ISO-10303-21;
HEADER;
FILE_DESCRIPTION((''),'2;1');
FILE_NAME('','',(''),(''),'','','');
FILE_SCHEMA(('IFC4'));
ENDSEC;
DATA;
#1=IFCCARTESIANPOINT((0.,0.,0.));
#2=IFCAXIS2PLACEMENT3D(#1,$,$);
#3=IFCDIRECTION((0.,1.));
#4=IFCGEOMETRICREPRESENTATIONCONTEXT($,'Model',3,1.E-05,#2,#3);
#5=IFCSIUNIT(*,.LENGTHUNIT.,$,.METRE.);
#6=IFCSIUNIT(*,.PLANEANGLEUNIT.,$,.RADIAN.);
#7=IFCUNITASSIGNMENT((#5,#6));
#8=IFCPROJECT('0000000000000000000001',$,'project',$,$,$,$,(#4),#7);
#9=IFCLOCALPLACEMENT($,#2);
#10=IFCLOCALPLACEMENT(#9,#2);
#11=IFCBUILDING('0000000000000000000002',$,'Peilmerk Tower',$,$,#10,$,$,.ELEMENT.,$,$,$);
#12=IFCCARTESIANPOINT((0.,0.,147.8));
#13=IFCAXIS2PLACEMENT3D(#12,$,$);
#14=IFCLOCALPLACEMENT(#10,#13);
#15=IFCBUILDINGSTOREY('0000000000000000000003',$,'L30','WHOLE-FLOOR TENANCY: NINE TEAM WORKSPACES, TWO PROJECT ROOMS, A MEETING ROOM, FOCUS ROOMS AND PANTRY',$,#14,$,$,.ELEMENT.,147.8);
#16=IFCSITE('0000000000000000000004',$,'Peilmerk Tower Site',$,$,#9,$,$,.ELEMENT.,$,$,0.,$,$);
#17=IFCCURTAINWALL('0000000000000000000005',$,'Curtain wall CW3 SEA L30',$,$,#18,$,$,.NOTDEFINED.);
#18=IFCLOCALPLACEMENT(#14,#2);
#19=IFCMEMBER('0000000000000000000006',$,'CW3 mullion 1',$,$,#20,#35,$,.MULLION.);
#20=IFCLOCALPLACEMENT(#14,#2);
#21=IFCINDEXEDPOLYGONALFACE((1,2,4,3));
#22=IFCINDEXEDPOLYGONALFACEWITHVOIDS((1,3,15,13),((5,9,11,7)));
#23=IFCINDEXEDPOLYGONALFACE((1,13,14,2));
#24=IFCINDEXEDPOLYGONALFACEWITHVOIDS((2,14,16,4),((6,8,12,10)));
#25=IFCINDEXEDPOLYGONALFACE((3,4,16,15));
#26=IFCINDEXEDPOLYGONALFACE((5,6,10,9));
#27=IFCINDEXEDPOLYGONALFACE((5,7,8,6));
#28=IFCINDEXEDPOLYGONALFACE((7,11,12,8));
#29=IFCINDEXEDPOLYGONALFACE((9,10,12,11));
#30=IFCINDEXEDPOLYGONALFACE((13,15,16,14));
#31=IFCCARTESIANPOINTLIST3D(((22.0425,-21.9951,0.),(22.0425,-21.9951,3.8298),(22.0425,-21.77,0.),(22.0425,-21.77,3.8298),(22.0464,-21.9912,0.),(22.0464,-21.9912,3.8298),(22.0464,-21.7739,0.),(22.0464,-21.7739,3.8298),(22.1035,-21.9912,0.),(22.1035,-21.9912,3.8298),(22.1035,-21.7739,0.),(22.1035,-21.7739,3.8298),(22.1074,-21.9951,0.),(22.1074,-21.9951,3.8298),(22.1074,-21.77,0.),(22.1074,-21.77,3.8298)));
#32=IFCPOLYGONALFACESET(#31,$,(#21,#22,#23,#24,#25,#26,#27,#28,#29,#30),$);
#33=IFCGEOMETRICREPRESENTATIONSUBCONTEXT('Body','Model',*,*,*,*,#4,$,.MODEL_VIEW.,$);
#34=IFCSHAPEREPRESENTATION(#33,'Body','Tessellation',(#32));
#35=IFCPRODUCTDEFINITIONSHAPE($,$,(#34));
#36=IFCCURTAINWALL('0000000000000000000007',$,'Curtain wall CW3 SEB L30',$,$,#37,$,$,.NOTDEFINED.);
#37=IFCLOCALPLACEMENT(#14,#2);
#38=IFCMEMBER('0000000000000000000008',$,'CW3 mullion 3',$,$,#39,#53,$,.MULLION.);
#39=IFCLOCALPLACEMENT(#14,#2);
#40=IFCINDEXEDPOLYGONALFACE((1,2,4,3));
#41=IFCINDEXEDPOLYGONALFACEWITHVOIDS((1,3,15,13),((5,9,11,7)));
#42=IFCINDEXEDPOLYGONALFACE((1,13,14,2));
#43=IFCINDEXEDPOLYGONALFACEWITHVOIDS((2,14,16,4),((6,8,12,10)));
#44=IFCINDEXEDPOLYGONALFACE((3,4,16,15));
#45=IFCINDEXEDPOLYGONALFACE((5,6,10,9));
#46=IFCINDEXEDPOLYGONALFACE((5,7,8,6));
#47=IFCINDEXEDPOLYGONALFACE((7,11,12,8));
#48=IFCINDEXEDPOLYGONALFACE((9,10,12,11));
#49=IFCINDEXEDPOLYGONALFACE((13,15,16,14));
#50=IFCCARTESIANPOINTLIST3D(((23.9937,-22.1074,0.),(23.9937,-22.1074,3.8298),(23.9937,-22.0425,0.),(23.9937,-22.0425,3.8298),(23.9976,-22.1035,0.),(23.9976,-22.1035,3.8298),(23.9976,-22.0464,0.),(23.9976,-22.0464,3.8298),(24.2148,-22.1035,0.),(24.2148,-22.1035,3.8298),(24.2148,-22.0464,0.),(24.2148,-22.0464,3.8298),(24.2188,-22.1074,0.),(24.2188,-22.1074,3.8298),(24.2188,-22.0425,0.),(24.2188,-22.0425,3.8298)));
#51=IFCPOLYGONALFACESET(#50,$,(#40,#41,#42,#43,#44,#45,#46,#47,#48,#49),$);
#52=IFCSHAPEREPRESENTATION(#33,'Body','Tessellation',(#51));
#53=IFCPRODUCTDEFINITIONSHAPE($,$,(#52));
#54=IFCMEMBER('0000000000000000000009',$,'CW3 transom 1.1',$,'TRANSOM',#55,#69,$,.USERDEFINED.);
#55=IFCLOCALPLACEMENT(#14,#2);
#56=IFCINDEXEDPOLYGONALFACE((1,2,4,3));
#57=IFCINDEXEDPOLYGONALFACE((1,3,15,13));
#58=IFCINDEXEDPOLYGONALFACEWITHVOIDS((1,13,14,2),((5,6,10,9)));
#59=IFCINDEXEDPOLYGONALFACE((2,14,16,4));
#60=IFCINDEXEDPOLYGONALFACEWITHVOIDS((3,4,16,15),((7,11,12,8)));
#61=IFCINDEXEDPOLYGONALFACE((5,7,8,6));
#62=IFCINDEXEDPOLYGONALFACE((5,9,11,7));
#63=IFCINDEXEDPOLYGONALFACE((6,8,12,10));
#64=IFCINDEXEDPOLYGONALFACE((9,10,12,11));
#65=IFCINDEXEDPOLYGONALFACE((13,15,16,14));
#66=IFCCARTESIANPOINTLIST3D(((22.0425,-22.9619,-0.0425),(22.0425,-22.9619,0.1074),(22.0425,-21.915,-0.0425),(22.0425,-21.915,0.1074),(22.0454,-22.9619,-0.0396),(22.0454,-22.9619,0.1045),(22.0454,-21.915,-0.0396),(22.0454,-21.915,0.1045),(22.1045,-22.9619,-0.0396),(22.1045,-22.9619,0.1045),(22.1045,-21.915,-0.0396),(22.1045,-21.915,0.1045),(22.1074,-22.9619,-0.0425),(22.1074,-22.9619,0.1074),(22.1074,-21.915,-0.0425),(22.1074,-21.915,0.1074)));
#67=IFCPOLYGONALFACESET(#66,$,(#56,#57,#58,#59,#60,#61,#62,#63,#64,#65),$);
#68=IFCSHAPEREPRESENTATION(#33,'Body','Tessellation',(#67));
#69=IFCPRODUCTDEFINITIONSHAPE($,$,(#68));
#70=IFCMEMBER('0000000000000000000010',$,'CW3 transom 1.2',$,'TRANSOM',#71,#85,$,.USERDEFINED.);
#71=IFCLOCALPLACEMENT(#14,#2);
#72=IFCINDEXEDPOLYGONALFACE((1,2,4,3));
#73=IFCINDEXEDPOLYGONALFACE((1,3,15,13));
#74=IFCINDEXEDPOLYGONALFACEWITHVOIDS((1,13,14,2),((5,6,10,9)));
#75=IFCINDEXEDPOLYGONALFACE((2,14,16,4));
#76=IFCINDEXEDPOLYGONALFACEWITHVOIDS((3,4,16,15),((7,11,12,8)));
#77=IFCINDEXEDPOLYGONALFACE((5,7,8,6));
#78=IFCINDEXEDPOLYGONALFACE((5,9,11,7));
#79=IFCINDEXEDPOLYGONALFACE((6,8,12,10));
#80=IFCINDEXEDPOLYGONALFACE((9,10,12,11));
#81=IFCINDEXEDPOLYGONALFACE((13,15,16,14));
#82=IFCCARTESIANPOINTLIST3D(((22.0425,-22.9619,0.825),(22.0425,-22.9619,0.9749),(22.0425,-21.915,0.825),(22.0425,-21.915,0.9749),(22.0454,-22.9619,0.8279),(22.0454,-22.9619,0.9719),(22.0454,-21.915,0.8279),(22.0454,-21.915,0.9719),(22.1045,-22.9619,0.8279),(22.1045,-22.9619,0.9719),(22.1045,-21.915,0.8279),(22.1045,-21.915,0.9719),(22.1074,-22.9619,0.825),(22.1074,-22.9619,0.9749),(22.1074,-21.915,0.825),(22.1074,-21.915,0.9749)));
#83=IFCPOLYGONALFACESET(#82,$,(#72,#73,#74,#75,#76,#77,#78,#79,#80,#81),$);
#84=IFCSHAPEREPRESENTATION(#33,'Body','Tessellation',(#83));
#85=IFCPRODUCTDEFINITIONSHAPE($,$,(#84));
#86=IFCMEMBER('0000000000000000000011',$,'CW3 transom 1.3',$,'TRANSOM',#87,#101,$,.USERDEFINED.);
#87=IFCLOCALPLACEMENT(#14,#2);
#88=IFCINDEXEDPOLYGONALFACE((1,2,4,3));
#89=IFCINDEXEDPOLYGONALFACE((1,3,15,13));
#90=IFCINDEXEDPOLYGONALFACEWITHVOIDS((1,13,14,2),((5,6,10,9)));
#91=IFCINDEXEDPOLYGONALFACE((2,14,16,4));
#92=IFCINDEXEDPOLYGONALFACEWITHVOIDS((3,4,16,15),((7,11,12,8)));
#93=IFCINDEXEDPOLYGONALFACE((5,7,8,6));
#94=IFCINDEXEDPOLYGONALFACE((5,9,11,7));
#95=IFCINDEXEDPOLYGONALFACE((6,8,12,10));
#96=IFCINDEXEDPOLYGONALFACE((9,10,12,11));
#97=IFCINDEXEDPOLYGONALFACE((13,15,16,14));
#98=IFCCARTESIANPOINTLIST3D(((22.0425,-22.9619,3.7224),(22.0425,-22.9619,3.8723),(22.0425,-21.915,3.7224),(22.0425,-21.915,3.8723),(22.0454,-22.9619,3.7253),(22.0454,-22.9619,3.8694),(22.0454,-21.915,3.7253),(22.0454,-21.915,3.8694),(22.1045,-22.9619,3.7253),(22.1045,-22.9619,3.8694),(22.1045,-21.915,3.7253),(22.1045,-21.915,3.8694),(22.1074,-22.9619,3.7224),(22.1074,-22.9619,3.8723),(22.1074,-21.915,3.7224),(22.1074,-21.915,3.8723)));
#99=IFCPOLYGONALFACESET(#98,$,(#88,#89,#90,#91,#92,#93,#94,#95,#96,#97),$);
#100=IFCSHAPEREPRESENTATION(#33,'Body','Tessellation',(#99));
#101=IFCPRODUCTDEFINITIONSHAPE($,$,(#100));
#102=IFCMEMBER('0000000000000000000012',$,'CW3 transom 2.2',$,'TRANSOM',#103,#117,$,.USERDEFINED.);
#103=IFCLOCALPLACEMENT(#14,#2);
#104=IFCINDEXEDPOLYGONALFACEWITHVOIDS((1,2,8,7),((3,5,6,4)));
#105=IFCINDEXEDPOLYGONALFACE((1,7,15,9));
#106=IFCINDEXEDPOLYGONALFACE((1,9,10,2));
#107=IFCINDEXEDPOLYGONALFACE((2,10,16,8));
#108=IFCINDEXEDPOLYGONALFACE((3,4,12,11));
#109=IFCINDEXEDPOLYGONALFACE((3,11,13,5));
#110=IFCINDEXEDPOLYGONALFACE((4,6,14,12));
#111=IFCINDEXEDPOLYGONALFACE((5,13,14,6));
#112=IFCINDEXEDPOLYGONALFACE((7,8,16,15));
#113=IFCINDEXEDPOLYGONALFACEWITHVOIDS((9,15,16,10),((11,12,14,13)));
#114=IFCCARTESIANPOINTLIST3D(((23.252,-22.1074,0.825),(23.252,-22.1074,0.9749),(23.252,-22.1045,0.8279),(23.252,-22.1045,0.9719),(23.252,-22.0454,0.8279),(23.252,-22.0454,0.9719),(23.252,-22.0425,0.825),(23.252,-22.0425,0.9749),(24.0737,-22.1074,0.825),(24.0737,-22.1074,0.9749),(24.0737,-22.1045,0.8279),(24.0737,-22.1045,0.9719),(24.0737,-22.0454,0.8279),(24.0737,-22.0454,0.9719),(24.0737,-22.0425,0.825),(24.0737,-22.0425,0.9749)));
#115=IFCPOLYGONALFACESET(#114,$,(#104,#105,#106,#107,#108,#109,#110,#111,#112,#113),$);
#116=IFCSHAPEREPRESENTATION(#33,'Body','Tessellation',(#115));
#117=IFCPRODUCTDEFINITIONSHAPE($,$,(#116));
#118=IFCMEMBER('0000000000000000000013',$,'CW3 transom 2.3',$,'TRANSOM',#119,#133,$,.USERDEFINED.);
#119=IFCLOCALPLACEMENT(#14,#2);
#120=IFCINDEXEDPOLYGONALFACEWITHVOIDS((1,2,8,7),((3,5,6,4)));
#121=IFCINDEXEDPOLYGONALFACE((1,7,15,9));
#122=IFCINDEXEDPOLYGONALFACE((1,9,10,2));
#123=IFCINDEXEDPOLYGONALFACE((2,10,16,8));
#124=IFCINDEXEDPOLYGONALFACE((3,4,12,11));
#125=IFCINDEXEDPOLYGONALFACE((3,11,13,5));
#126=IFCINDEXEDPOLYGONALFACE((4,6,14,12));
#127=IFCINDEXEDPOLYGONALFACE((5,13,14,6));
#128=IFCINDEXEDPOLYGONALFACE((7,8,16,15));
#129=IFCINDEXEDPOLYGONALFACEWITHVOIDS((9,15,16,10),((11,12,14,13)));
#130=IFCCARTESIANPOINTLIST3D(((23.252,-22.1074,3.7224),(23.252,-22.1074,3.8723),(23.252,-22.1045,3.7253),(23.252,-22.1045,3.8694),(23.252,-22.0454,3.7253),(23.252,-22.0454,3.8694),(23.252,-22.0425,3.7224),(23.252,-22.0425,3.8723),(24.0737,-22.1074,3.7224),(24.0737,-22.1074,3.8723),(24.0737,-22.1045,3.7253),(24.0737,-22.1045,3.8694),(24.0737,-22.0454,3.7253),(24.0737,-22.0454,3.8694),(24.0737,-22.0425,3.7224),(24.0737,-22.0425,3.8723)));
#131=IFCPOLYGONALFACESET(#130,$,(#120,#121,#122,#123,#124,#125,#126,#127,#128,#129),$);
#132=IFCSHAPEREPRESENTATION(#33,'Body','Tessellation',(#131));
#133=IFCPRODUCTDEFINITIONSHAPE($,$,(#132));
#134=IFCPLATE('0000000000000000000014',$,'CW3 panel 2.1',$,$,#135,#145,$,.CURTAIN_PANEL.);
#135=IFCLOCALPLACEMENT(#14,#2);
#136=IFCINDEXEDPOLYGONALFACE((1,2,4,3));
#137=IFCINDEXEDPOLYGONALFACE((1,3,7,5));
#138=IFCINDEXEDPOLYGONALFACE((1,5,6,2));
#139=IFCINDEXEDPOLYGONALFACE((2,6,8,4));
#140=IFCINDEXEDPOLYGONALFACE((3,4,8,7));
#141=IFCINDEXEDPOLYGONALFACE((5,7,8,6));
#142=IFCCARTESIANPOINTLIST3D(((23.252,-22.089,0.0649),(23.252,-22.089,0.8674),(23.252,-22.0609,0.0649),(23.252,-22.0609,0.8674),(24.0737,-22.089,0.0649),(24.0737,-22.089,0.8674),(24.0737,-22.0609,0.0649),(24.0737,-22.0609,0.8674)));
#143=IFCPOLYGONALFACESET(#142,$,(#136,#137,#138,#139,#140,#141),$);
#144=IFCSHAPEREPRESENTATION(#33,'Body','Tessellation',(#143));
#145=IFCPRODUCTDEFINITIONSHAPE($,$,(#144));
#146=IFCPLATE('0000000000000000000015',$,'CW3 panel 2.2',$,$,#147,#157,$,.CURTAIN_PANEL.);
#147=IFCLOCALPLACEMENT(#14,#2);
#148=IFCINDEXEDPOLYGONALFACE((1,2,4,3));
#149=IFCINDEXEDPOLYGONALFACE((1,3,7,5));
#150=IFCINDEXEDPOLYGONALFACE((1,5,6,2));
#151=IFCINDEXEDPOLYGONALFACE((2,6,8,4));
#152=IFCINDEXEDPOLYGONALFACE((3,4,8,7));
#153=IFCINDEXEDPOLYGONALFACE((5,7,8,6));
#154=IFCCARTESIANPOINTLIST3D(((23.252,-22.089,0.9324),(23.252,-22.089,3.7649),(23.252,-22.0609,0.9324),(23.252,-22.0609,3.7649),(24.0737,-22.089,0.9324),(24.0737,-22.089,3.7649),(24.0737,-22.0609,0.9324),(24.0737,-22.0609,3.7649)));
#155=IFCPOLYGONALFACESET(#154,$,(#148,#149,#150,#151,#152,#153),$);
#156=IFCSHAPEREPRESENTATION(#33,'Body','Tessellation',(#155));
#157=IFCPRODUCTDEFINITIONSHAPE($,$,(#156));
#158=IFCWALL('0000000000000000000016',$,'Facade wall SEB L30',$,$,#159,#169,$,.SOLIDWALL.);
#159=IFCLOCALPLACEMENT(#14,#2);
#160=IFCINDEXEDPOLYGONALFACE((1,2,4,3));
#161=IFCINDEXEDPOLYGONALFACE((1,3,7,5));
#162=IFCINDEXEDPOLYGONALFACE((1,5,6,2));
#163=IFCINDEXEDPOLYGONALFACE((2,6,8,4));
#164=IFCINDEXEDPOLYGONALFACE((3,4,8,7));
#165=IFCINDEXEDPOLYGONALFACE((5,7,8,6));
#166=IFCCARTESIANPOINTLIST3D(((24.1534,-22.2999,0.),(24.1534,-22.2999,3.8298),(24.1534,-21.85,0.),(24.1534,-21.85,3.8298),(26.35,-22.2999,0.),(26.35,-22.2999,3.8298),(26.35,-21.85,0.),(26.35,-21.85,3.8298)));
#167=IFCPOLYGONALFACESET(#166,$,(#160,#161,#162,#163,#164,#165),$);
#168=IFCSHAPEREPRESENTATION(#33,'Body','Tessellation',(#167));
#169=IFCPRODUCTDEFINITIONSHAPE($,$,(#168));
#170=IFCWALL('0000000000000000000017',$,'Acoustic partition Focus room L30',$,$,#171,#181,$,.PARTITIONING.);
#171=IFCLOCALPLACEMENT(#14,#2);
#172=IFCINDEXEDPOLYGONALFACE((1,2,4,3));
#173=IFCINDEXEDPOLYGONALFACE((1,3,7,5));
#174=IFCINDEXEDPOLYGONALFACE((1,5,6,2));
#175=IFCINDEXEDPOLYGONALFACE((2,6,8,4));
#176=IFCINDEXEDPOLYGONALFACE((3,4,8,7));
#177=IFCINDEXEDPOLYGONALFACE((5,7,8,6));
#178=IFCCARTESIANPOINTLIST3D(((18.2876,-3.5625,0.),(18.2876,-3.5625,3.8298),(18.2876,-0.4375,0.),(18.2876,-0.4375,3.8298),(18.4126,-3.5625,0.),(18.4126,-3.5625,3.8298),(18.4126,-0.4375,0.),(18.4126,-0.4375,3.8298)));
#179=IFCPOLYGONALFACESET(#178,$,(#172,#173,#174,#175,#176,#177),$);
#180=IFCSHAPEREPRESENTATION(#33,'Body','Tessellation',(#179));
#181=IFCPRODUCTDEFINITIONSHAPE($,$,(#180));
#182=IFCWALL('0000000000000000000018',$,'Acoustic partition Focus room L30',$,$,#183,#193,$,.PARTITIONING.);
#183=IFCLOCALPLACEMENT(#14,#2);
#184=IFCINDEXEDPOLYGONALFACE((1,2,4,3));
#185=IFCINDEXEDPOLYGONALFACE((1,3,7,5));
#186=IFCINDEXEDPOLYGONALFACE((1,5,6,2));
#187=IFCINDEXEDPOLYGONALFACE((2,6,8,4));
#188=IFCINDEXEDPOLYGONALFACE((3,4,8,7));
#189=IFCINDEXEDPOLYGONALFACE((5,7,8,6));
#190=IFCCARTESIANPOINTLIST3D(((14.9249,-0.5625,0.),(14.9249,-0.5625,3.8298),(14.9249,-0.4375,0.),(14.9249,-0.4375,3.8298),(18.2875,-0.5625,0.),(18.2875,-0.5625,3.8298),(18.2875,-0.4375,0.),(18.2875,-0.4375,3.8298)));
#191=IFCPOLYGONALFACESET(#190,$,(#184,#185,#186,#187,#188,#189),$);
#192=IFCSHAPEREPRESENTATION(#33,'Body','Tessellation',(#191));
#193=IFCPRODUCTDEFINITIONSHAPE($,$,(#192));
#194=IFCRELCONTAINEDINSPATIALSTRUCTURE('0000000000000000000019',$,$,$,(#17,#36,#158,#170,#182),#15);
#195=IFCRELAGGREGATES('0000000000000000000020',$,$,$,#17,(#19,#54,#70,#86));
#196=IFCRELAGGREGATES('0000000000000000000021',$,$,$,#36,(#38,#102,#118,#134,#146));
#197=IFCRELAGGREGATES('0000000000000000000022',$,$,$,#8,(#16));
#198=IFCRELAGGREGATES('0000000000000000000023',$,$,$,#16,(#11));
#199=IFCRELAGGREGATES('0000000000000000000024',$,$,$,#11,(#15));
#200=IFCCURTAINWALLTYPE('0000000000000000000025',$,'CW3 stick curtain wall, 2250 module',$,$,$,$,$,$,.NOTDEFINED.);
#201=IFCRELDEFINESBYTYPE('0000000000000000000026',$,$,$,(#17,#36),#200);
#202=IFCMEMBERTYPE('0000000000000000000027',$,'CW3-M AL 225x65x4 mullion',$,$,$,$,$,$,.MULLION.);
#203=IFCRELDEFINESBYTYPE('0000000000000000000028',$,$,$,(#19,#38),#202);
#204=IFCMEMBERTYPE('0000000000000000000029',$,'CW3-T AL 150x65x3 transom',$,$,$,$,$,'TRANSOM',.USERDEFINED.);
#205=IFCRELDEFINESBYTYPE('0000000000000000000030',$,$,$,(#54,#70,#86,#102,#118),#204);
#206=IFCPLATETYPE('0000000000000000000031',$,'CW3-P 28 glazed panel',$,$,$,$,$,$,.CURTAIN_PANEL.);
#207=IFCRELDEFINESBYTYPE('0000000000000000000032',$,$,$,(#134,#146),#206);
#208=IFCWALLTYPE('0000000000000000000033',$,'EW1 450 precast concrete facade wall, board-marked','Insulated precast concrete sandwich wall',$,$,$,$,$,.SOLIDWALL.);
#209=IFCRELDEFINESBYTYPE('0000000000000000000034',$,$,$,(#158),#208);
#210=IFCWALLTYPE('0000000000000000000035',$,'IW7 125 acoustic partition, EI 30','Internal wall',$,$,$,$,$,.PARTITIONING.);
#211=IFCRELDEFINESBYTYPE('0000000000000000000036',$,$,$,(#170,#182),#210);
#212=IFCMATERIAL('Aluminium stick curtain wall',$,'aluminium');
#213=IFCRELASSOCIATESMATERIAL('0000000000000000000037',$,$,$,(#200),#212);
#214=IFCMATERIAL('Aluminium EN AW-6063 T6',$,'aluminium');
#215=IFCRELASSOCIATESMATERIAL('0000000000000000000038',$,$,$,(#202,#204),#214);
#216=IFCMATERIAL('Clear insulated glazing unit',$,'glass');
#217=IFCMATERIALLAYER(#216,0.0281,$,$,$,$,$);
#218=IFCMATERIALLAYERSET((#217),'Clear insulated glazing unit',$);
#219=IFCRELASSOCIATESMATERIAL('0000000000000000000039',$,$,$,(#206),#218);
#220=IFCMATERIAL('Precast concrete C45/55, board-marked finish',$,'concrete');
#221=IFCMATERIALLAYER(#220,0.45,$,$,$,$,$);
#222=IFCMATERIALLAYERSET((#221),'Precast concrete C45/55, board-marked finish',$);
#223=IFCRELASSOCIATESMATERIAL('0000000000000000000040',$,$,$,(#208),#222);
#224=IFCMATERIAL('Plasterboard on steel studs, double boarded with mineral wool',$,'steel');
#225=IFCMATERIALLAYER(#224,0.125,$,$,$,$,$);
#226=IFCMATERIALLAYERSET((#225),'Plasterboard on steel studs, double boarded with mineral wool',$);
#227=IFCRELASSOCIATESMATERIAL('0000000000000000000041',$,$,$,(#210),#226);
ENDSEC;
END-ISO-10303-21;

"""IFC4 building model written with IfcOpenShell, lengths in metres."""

from ifc_helpers import new_model, si_unit, direction, frame, frame_2d, origin, origin_2d, place, context, subcontext, project, spatial, rectangle, hollow_rectangle, extrude, material, layer, layer_set, material_profile, profile_set, type_object, element, aggregate, save


model = new_model("IFC4")

# Units and contexts
model_context = context("Model", 3, precision=1e-05, world=origin(), true_north=direction((0.0, 1.0)))
body_context = subcontext(model_context, "Body", "Model", "MODEL_VIEW")
ifc_project = project(units=[si_unit("LENGTHUNIT", "METRE"), si_unit("PLANEANGLEUNIT", "RADIAN")], contexts=[model_context])

# Site, building, storey
site_placement = place(None, origin())
site = spatial("IfcSite", under=ifc_project, at=site_placement, Name="Peilmerk Tower Site", CompositionType="ELEMENT", RefElevation=0.0)
building_placement = place(site_placement, origin())
building = spatial("IfcBuilding", under=site, at=building_placement, Name="Peilmerk Tower", CompositionType="ELEMENT")
storey_placement = place(building_placement, frame((0.0, 0.0, 147.8)))
storey = spatial("IfcBuildingStorey", under=building, at=storey_placement, Name="L30", Description="WHOLE-FLOOR TENANCY: NINE TEAM WORKSPACES, TWO PROJECT ROOMS, A MEETING ROOM, FOCUS ROOMS AND PANTRY", CompositionType="ELEMENT", Elevation=147.8)

# Curtain walls, members
ifc_material_1 = material(Name="Aluminium stick curtain wall", Category="aluminium")
curtain_wall_type = type_object("IfcCurtainWallType", Name="CW3 stick curtain wall, 2250 module", PredefinedType="NOTDEFINED", material=ifc_material_1)
curtain_wall_1_placement = place(storey_placement, origin())
curtain_wall_1 = element("IfcCurtainWall", 1, at=curtain_wall_1_placement, inside=storey, type_object=curtain_wall_type, Name="Curtain wall CW3 SEA L30", PredefinedType="NOTDEFINED")
ifc_material_2 = material(Name="Aluminium EN AW-6063 T6", Category="aluminium")
ifc_material_profile_1 = material_profile(ifc_material_2, hollow_rectangle(XDim=0.0649, YDim=0.2251, WallThickness=0.0039, at=origin_2d()), Name="AL 225x65x4")
ifc_profile_set_1 = profile_set([ifc_material_profile_1], Name="Aluminium EN AW-6063 T6")
member_type_1 = type_object("IfcMemberType", Name="CW3-M AL 225x65x4 mullion", PredefinedType="MULLION", material=ifc_profile_set_1)
member_1_placement = place(storey_placement, frame((22.075, -21.8826, 0.0), z_axis=(0.0, 0.0, 1.0), x_axis=(1.0, 0.0, 0.0)))
member_1 = element("IfcMember", 2, at=member_1_placement, type_object=member_type_1, Name="CW3 mullion 1", PredefinedType="MULLION", context=body_context, shape_type="SweptSolid", body=[
    extrude(hollow_rectangle(XDim=0.0649, YDim=0.2251, WallThickness=0.0039, at=origin_2d()), origin(), (0.0, 0.0, 1.0), 3.8298),
])
curtain_wall_2_placement = place(storey_placement, origin())
curtain_wall_2 = element("IfcCurtainWall", 3, at=curtain_wall_2_placement, inside=storey, type_object=curtain_wall_type, Name="Curtain wall CW3 SEB L30", PredefinedType="NOTDEFINED")
member_2_placement = place(storey_placement, frame((24.1062, -22.075, 0.0), z_axis=(0.0, 0.0, 1.0), x_axis=(0.0, 1.0, 0.0)))
member_2 = element("IfcMember", 4, at=member_2_placement, type_object=member_type_1, Name="CW3 mullion 3", PredefinedType="MULLION", context=body_context, shape_type="SweptSolid", body=[
    extrude(hollow_rectangle(XDim=0.0649, YDim=0.2251, WallThickness=0.0039, at=origin_2d()), origin(), (0.0, 0.0, 1.0), 3.8298),
])

# Members
ifc_material_profile_2 = material_profile(ifc_material_2, hollow_rectangle(XDim=0.0649, YDim=0.1499, WallThickness=0.0029, at=origin_2d()), Name="AL 150x65x3")
ifc_profile_set_2 = profile_set([ifc_material_profile_2], Name="Aluminium EN AW-6063 T6")
member_type_2 = type_object("IfcMemberType", Name="CW3-T AL 150x65x3 transom", ElementType="TRANSOM", PredefinedType="USERDEFINED", material=ifc_profile_set_2)
member_3_placement = place(storey_placement, frame((22.075, -21.915, 0.0325), z_axis=(0.0, -1.0, 0.0), x_axis=(1.0, 0.0, 0.0)))
member_3 = element("IfcMember", 5, at=member_3_placement, type_object=member_type_2, Name="CW3 transom 1.1", ObjectType="TRANSOM", PredefinedType="USERDEFINED", context=body_context, shape_type="SweptSolid", body=[
    extrude(hollow_rectangle(XDim=0.0649, YDim=0.1499, WallThickness=0.0029, at=origin_2d()), origin(), (0.0, 0.0, 1.0), 1.0469),
])
member_4_placement = place(storey_placement, frame((22.075, -21.915, 0.8999), z_axis=(0.0, -1.0, 0.0), x_axis=(1.0, 0.0, 0.0)))
member_4 = element("IfcMember", 6, at=member_4_placement, type_object=member_type_2, Name="CW3 transom 1.2", ObjectType="TRANSOM", PredefinedType="USERDEFINED", context=body_context, shape_type="SweptSolid", body=[
    extrude(hollow_rectangle(XDim=0.0649, YDim=0.1499, WallThickness=0.0029, at=origin_2d()), origin(), (0.0, 0.0, 1.0), 1.0469),
])
member_5_placement = place(storey_placement, frame((22.075, -21.915, 3.7974), z_axis=(0.0, -1.0, 0.0), x_axis=(1.0, 0.0, 0.0)))
member_5 = element("IfcMember", 7, at=member_5_placement, type_object=member_type_2, Name="CW3 transom 1.3", ObjectType="TRANSOM", PredefinedType="USERDEFINED", context=body_context, shape_type="SweptSolid", body=[
    extrude(hollow_rectangle(XDim=0.0649, YDim=0.1499, WallThickness=0.0029, at=origin_2d()), origin(), (0.0, 0.0, 1.0), 1.0469),
])
aggregate(curtain_wall_1, [member_1, member_3, member_4, member_5])
member_6_placement = place(storey_placement, frame((23.252, -22.075, 0.8999), z_axis=(1.0, 0.0, 0.0), x_axis=(0.0, 1.0, 0.0)))
member_6 = element("IfcMember", 8, at=member_6_placement, type_object=member_type_2, Name="CW3 transom 2.2", ObjectType="TRANSOM", PredefinedType="USERDEFINED", context=body_context, shape_type="SweptSolid", body=[
    extrude(hollow_rectangle(XDim=0.0649, YDim=0.1499, WallThickness=0.0029, at=origin_2d()), origin(), (0.0, 0.0, 1.0), 0.8218),
])
member_7_placement = place(storey_placement, frame((23.252, -22.075, 3.7974), z_axis=(1.0, 0.0, 0.0), x_axis=(0.0, 1.0, 0.0)))
member_7 = element("IfcMember", 9, at=member_7_placement, type_object=member_type_2, Name="CW3 transom 2.3", ObjectType="TRANSOM", PredefinedType="USERDEFINED", context=body_context, shape_type="SweptSolid", body=[
    extrude(hollow_rectangle(XDim=0.0649, YDim=0.1499, WallThickness=0.0029, at=origin_2d()), origin(), (0.0, 0.0, 1.0), 0.8218),
])

# Plates
ifc_material_3 = material(Name="Clear insulated glazing unit", Category="glass")
ifc_layer_1 = layer(ifc_material_3, 0.0281)
ifc_layer_set_1 = layer_set([ifc_layer_1], Name="Clear insulated glazing unit")
plate_type = type_object("IfcPlateType", Name="CW3-P 28 glazed panel", PredefinedType="CURTAIN_PANEL", material=ifc_layer_set_1)
plate_1_placement = place(storey_placement, frame((23.6628, -22.075, 0.0649), z_axis=(0.0, 0.0, 1.0), x_axis=(1.0, 0.0, 0.0)))
plate_1 = element("IfcPlate", 10, at=plate_1_placement, type_object=plate_type, Name="CW3 panel 2.1", PredefinedType="CURTAIN_PANEL", context=body_context, shape_type="SweptSolid", body=[
    extrude(rectangle(XDim=0.8218, YDim=0.0281, at=origin_2d()), origin(), (0.0, 0.0, 1.0), 0.8025),
])
plate_2_placement = place(storey_placement, frame((23.6628, -22.075, 0.9324), z_axis=(0.0, 0.0, 1.0), x_axis=(1.0, 0.0, 0.0)))
plate_2 = element("IfcPlate", 11, at=plate_2_placement, type_object=plate_type, Name="CW3 panel 2.2", PredefinedType="CURTAIN_PANEL", context=body_context, shape_type="SweptSolid", body=[
    extrude(rectangle(XDim=0.8218, YDim=0.0281, at=origin_2d()), origin(), (0.0, 0.0, 1.0), 2.8325),
])
aggregate(curtain_wall_2, [member_2, member_6, member_7, plate_1, plate_2])

# Walls
ifc_material_4 = material(Name="Precast concrete C45/55, board-marked finish", Category="concrete")
ifc_layer_2 = layer(ifc_material_4, 0.45)
ifc_layer_set_2 = layer_set([ifc_layer_2], Name="Precast concrete C45/55, board-marked finish")
wall_type_1 = type_object("IfcWallType", Name="EW1 450 precast concrete facade wall, board-marked", Description="Insulated precast concrete sandwich wall", PredefinedType="SOLIDWALL", material=ifc_layer_set_2)
wall_1_placement = place(storey_placement, frame((24.1536, -22.075, 0.0), z_axis=(0.0, 0.0, 1.0), x_axis=(1.0, 0.0, 0.0)))
element("IfcWall", 12, at=wall_1_placement, inside=storey, type_object=wall_type_1, Name="Facade wall SEB L30", PredefinedType="SOLIDWALL", context=body_context, shape_type="SweptSolid", body=[
    extrude(rectangle(XDim=2.1965, YDim=0.45, at=frame_2d((1.0981, 0.0))), origin(), (0.0, 0.0, 1.0), 3.8298),
])
ifc_material_5 = material(Name="Plasterboard on steel studs, double boarded with mineral wool", Category="steel")
ifc_layer_3 = layer(ifc_material_5, 0.125)
ifc_layer_set_3 = layer_set([ifc_layer_3], Name="Plasterboard on steel studs, double boarded with mineral wool")
wall_type_2 = type_object("IfcWallType", Name="IW7 125 acoustic partition, EI 30", Description="Internal wall", PredefinedType="PARTITIONING", material=ifc_layer_set_3)
wall_2_placement = place(storey_placement, frame((18.3501, -3.5625, 0.0), z_axis=(0.0, 0.0, 1.0), x_axis=(0.0, 1.0, 0.0)))
element("IfcWall", 13, at=wall_2_placement, inside=storey, type_object=wall_type_2, Name="Acoustic partition Focus room L30", PredefinedType="PARTITIONING", context=body_context, shape_type="SweptSolid", body=[
    extrude(rectangle(XDim=3.125, YDim=0.125, at=frame_2d((1.5625, 0.0))), origin(), (0.0, 0.0, 1.0), 3.8298),
])
wall_3_placement = place(storey_placement, frame((14.925, -0.5, 0.0), z_axis=(0.0, 0.0, 1.0), x_axis=(1.0, 0.0, 0.0)))
element("IfcWall", 14, at=wall_3_placement, inside=storey, type_object=wall_type_2, Name="Acoustic partition Focus room L30", PredefinedType="PARTITIONING", context=body_context, shape_type="SweptSolid", body=[
    extrude(rectangle(XDim=3.3625, YDim=0.125, at=frame_2d((1.6812, 0.0))), origin(), (0.0, 0.0, 1.0), 3.8298),
])

save(model, "model.ifc")
